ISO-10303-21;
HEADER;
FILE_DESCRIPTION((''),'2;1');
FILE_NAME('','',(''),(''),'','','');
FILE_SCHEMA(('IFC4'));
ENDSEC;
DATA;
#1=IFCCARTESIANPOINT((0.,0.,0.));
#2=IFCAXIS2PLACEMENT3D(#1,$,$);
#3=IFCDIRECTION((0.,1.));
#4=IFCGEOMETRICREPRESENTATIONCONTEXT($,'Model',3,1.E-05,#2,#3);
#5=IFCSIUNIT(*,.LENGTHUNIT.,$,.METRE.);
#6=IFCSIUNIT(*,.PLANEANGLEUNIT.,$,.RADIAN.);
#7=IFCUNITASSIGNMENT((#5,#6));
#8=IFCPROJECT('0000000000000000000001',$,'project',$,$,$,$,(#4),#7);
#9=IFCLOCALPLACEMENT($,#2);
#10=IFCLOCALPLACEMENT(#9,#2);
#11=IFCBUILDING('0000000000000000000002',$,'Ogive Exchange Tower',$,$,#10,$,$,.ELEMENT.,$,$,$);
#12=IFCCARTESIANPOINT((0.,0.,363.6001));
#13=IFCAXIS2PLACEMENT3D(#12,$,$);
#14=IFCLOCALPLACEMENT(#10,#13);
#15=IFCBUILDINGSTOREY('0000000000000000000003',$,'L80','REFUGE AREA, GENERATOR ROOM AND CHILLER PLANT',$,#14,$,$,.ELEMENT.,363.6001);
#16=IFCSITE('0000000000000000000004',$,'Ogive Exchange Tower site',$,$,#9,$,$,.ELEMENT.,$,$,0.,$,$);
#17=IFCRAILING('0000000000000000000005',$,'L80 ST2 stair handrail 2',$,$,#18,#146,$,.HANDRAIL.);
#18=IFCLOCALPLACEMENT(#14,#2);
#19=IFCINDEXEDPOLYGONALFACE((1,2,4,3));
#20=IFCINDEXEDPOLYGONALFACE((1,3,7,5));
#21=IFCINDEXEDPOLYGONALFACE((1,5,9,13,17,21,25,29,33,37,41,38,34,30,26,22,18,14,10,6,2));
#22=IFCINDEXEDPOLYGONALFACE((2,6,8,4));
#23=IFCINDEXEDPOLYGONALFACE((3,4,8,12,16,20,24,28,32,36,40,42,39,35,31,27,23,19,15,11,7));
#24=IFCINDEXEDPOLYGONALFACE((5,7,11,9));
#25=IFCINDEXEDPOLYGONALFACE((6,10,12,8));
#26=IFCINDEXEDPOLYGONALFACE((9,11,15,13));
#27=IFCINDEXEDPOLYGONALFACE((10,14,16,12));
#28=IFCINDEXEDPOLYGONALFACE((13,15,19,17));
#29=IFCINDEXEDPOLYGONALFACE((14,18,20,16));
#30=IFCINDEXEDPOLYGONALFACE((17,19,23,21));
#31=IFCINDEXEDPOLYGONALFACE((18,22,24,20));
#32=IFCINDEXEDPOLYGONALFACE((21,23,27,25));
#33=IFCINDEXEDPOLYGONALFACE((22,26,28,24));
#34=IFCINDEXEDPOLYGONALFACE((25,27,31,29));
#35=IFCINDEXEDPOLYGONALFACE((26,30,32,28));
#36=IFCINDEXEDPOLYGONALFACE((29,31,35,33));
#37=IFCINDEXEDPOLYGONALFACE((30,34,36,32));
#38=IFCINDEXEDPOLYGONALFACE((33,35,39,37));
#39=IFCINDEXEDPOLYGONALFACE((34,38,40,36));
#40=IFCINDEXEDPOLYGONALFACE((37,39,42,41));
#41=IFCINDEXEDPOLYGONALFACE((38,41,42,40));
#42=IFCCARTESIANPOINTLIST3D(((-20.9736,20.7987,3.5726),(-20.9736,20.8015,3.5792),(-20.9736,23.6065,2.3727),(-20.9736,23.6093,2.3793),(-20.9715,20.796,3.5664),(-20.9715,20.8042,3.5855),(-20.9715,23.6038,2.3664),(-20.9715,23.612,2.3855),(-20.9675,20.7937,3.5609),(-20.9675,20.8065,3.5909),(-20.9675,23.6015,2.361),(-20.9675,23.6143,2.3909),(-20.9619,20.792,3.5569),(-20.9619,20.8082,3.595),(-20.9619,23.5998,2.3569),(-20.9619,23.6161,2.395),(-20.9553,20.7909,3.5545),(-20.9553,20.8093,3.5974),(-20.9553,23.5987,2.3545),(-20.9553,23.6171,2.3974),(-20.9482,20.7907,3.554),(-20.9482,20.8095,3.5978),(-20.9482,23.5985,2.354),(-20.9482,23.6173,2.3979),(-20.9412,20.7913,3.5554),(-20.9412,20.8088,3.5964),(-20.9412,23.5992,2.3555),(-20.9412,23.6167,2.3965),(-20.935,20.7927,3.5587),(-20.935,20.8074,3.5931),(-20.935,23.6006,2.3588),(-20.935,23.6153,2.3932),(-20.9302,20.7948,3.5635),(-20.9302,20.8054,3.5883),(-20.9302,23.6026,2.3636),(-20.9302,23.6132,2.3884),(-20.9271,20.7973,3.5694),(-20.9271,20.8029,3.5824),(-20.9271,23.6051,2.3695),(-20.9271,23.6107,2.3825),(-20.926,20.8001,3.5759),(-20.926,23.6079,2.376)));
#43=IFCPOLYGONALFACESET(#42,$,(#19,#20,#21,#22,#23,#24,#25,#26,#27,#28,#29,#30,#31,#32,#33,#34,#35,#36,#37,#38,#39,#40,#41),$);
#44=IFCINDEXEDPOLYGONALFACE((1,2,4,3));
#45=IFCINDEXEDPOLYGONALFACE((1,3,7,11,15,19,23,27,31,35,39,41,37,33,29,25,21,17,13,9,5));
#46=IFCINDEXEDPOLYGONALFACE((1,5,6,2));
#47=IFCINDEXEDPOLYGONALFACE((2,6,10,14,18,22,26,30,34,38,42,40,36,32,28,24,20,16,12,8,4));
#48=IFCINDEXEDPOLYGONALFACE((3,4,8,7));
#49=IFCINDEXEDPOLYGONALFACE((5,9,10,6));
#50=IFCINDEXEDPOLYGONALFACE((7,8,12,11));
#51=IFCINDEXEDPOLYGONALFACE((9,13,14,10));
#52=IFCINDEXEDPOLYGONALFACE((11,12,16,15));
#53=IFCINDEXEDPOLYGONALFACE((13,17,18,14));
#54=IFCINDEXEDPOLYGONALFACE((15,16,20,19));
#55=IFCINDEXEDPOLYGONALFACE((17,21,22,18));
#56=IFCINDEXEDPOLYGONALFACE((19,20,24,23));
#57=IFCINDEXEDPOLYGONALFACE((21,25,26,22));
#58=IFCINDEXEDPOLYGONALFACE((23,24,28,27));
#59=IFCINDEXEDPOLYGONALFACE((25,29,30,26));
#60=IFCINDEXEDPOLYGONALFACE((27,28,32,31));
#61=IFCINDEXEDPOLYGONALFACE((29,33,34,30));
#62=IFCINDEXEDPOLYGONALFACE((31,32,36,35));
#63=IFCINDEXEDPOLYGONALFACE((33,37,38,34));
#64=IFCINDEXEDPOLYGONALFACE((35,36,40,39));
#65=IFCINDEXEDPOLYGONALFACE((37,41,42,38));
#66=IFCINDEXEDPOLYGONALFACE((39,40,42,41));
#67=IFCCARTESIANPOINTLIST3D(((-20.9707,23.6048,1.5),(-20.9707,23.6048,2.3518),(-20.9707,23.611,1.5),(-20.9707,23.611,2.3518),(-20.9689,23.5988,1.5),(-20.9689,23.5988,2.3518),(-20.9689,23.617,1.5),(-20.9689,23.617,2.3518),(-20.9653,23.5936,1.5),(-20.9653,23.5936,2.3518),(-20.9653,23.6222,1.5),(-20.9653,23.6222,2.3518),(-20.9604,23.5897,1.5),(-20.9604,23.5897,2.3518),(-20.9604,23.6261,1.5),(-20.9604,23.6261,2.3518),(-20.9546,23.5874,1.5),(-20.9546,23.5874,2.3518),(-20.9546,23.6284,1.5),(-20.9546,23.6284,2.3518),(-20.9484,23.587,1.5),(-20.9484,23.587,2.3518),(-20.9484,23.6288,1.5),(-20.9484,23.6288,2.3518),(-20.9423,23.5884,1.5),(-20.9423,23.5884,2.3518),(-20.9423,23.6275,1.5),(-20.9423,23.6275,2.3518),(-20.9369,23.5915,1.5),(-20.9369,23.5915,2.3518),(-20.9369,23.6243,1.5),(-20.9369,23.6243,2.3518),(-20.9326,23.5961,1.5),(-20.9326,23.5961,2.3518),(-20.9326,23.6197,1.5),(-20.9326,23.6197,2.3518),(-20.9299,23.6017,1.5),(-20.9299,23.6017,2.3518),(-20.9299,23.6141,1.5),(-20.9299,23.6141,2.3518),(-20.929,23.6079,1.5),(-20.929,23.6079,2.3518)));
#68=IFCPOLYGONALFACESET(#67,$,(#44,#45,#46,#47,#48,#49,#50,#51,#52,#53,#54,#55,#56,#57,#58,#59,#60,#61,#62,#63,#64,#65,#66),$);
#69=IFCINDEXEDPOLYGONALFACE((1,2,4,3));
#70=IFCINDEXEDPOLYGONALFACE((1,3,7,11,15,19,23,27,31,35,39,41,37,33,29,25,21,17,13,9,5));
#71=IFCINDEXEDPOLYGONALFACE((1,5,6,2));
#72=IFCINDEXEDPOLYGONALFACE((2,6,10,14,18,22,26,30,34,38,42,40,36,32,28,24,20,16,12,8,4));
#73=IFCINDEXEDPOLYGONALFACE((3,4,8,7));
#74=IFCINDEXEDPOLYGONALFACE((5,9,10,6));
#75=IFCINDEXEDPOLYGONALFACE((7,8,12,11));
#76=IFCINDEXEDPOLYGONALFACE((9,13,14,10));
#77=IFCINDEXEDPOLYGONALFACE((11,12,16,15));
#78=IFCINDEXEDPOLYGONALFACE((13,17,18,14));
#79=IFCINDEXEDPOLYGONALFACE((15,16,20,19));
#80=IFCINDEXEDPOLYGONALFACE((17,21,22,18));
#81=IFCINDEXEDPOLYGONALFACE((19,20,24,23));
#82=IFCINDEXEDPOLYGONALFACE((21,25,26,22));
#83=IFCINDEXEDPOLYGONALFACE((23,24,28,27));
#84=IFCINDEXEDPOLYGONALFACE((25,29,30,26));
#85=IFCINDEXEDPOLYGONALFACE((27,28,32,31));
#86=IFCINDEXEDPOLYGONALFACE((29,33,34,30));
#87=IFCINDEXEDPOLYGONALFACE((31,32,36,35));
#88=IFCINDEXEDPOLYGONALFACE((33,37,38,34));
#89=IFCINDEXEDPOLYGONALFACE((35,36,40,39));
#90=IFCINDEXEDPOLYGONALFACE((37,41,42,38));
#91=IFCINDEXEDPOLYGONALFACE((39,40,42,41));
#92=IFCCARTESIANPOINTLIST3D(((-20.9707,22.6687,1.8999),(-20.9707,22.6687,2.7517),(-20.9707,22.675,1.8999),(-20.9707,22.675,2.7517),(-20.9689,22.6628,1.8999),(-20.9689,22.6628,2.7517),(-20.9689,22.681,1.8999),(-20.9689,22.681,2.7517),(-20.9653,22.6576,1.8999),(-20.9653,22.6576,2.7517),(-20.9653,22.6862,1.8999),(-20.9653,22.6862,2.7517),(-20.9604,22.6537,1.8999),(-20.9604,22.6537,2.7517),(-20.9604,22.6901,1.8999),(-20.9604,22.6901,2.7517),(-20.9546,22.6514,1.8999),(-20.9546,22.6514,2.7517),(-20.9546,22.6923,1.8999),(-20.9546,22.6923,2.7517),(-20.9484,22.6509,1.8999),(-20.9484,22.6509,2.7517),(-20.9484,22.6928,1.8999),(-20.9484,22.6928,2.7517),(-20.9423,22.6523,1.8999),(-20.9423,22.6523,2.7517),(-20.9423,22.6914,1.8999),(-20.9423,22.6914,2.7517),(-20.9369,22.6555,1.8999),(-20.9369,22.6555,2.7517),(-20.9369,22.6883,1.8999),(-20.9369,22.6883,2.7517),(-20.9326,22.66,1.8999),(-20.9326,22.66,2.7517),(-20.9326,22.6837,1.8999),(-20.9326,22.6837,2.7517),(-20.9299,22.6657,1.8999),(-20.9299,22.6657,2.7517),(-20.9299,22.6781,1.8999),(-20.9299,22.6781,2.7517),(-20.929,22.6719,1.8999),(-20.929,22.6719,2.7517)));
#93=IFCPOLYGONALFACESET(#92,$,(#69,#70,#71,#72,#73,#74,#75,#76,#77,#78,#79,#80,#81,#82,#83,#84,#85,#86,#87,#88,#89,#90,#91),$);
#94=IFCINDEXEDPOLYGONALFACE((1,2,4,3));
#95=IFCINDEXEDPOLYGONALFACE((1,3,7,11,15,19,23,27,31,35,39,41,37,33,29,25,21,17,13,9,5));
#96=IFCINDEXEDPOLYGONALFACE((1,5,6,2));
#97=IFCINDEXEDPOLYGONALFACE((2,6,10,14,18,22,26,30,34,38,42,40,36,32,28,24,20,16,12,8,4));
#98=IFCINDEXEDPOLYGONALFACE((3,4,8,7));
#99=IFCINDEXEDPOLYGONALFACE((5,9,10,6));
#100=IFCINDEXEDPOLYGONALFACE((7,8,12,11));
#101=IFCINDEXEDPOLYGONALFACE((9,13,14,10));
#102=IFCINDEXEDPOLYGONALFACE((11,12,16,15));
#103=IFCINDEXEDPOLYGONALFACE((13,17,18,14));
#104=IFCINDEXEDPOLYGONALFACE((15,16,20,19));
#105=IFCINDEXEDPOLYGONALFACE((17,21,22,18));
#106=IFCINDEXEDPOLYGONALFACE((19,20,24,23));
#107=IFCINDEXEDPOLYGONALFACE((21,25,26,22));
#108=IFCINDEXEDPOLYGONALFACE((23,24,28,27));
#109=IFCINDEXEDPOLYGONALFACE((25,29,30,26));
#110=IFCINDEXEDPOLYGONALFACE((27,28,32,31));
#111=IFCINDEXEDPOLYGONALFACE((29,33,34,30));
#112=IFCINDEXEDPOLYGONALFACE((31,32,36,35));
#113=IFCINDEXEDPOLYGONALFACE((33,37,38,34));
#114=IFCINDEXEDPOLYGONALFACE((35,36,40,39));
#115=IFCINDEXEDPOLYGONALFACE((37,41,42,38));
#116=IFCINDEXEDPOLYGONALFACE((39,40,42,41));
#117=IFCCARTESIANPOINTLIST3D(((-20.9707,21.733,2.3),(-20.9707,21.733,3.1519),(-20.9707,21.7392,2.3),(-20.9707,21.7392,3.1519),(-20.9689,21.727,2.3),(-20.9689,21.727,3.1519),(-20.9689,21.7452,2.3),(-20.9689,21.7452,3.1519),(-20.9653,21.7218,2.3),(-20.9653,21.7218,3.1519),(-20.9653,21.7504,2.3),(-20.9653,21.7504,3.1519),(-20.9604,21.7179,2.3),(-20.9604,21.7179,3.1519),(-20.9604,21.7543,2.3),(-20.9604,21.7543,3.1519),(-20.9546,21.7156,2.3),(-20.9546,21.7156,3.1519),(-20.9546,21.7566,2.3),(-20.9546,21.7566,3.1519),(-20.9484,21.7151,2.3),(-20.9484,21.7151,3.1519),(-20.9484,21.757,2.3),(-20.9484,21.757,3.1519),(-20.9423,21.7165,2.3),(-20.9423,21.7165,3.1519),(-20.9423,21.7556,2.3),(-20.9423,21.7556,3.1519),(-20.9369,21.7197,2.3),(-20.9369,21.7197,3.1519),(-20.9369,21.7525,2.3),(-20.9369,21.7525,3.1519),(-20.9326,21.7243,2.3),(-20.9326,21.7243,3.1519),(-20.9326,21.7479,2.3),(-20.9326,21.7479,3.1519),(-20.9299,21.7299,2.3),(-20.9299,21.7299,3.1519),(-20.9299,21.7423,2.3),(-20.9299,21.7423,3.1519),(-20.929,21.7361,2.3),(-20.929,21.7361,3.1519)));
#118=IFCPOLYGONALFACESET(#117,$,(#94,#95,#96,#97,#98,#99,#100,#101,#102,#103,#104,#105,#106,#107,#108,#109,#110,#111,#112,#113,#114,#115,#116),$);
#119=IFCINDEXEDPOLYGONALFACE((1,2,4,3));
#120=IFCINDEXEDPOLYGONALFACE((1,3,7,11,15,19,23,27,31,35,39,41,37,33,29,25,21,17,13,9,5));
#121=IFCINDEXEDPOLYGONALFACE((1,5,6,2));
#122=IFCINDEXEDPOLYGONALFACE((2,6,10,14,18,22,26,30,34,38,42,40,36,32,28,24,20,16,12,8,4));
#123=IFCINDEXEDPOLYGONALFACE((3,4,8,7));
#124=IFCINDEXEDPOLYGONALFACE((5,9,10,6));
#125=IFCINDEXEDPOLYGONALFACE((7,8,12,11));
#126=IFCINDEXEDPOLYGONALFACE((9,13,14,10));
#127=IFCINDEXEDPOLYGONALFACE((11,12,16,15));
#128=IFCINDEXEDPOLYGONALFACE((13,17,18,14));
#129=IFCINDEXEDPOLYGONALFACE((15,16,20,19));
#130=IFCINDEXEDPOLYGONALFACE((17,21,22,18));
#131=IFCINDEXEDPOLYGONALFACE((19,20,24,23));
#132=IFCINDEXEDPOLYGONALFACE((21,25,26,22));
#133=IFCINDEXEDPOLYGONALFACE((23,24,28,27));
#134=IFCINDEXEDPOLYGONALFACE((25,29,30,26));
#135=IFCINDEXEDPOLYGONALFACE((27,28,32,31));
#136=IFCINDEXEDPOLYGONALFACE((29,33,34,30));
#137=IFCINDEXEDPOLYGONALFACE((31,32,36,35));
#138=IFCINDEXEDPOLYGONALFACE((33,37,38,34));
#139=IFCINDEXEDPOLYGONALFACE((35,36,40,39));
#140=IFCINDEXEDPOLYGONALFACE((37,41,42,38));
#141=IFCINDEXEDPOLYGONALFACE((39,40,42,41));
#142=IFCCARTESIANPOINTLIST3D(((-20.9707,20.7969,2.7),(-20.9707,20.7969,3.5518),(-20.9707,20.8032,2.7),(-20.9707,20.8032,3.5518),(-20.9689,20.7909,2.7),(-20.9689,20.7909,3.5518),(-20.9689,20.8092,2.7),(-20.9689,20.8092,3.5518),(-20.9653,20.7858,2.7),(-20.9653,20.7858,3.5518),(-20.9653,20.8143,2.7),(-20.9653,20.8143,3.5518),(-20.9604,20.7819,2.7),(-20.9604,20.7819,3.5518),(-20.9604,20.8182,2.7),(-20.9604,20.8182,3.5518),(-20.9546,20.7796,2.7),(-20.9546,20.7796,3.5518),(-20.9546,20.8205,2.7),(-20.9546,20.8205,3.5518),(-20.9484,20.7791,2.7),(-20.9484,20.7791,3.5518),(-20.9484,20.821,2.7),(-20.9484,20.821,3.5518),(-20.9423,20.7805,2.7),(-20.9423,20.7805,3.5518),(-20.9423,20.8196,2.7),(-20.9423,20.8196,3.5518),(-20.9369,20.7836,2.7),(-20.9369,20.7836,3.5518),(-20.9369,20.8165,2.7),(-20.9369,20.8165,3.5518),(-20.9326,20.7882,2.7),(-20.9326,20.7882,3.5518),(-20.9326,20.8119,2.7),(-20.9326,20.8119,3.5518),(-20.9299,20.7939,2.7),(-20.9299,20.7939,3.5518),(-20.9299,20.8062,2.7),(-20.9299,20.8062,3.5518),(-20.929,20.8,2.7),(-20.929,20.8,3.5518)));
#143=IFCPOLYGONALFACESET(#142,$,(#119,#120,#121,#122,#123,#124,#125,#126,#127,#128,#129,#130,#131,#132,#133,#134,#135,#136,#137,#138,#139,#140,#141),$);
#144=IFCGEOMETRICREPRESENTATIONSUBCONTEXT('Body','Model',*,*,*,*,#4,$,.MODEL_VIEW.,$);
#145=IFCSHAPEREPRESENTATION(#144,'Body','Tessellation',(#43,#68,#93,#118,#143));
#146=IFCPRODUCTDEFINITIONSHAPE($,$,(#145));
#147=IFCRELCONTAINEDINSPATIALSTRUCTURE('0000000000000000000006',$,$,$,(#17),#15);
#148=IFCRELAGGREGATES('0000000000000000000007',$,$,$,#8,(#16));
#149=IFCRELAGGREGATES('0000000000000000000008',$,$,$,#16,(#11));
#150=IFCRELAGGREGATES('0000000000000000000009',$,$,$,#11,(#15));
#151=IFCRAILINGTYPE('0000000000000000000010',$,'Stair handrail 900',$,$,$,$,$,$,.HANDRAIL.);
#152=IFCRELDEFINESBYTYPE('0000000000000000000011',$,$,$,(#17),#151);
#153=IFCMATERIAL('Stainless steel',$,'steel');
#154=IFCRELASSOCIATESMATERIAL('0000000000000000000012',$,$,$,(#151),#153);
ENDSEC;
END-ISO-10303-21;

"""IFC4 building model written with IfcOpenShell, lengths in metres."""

from ifc_helpers import new_model, si_unit, direction, frame, origin, origin_2d, place, context, subcontext, project, spatial, circle, extrude, material, type_object, element, save


model = new_model("IFC4")

# Units and contexts
model_context = context("Model", 3, precision=1e-05, world=origin(), true_north=direction((0.0, 1.0)))
body_context = subcontext(model_context, "Body", "Model", "MODEL_VIEW")
ifc_project = project(units=[si_unit("LENGTHUNIT", "METRE"), si_unit("PLANEANGLEUNIT", "RADIAN")], contexts=[model_context])

# Site, building, storey
site_placement = place(None, origin())
site = spatial("IfcSite", under=ifc_project, at=site_placement, Name="Ogive Exchange Tower site", CompositionType="ELEMENT", RefElevation=0.0)
building_placement = place(site_placement, origin())
building = spatial("IfcBuilding", under=site, at=building_placement, Name="Ogive Exchange Tower", CompositionType="ELEMENT")
storey_placement = place(building_placement, frame((0.0, 0.0, 363.6001)))
storey = spatial("IfcBuildingStorey", under=building, at=storey_placement, Name="L80", Description="REFUGE AREA, GENERATOR ROOM AND CHILLER PLANT", CompositionType="ELEMENT", Elevation=363.6001)

# Railing
ifc_material_1 = material(Name="Stainless steel", Category="steel")
railing_type = type_object("IfcRailingType", Name="Stair handrail 900", PredefinedType="HANDRAIL", material=ifc_material_1)
for number, where, name in (
    (1, (-20.95, 23.6079, 1.5), "L80 ST2 stair handrail 2"),
):
    element("IfcRailing", number, at=place(storey_placement, frame(where)), inside=storey, type_object=railing_type, Name=name, PredefinedType="HANDRAIL", context=body_context, shape_type="SweptSolid", body=[
        extrude(circle(Radius=0.0239, at=origin_2d()), frame((0.0, 0.0, 0.876), z_axis=(0.0, -0.91955, 0.392973), x_axis=(1.0, 0.0, 0.0)), (0.0, 0.0, 1.0), 3.0535),
        extrude(circle(Radius=0.021, at=origin_2d()), origin(), (0.0, 0.0, 1.0), 0.8518),
        extrude(circle(Radius=0.021, at=origin_2d()), frame((0.0, -0.936, 0.3999)), (0.0, 0.0, 1.0), 0.8518),
        extrude(circle(Radius=0.021, at=origin_2d()), frame((0.0, -1.8718, 0.8)), (0.0, 0.0, 1.0), 0.8518),
        extrude(circle(Radius=0.021, at=origin_2d()), frame((0.0, -2.8079, 1.2)), (0.0, 0.0, 1.0), 0.8518),
    ])

save(model, "model.ifc")
